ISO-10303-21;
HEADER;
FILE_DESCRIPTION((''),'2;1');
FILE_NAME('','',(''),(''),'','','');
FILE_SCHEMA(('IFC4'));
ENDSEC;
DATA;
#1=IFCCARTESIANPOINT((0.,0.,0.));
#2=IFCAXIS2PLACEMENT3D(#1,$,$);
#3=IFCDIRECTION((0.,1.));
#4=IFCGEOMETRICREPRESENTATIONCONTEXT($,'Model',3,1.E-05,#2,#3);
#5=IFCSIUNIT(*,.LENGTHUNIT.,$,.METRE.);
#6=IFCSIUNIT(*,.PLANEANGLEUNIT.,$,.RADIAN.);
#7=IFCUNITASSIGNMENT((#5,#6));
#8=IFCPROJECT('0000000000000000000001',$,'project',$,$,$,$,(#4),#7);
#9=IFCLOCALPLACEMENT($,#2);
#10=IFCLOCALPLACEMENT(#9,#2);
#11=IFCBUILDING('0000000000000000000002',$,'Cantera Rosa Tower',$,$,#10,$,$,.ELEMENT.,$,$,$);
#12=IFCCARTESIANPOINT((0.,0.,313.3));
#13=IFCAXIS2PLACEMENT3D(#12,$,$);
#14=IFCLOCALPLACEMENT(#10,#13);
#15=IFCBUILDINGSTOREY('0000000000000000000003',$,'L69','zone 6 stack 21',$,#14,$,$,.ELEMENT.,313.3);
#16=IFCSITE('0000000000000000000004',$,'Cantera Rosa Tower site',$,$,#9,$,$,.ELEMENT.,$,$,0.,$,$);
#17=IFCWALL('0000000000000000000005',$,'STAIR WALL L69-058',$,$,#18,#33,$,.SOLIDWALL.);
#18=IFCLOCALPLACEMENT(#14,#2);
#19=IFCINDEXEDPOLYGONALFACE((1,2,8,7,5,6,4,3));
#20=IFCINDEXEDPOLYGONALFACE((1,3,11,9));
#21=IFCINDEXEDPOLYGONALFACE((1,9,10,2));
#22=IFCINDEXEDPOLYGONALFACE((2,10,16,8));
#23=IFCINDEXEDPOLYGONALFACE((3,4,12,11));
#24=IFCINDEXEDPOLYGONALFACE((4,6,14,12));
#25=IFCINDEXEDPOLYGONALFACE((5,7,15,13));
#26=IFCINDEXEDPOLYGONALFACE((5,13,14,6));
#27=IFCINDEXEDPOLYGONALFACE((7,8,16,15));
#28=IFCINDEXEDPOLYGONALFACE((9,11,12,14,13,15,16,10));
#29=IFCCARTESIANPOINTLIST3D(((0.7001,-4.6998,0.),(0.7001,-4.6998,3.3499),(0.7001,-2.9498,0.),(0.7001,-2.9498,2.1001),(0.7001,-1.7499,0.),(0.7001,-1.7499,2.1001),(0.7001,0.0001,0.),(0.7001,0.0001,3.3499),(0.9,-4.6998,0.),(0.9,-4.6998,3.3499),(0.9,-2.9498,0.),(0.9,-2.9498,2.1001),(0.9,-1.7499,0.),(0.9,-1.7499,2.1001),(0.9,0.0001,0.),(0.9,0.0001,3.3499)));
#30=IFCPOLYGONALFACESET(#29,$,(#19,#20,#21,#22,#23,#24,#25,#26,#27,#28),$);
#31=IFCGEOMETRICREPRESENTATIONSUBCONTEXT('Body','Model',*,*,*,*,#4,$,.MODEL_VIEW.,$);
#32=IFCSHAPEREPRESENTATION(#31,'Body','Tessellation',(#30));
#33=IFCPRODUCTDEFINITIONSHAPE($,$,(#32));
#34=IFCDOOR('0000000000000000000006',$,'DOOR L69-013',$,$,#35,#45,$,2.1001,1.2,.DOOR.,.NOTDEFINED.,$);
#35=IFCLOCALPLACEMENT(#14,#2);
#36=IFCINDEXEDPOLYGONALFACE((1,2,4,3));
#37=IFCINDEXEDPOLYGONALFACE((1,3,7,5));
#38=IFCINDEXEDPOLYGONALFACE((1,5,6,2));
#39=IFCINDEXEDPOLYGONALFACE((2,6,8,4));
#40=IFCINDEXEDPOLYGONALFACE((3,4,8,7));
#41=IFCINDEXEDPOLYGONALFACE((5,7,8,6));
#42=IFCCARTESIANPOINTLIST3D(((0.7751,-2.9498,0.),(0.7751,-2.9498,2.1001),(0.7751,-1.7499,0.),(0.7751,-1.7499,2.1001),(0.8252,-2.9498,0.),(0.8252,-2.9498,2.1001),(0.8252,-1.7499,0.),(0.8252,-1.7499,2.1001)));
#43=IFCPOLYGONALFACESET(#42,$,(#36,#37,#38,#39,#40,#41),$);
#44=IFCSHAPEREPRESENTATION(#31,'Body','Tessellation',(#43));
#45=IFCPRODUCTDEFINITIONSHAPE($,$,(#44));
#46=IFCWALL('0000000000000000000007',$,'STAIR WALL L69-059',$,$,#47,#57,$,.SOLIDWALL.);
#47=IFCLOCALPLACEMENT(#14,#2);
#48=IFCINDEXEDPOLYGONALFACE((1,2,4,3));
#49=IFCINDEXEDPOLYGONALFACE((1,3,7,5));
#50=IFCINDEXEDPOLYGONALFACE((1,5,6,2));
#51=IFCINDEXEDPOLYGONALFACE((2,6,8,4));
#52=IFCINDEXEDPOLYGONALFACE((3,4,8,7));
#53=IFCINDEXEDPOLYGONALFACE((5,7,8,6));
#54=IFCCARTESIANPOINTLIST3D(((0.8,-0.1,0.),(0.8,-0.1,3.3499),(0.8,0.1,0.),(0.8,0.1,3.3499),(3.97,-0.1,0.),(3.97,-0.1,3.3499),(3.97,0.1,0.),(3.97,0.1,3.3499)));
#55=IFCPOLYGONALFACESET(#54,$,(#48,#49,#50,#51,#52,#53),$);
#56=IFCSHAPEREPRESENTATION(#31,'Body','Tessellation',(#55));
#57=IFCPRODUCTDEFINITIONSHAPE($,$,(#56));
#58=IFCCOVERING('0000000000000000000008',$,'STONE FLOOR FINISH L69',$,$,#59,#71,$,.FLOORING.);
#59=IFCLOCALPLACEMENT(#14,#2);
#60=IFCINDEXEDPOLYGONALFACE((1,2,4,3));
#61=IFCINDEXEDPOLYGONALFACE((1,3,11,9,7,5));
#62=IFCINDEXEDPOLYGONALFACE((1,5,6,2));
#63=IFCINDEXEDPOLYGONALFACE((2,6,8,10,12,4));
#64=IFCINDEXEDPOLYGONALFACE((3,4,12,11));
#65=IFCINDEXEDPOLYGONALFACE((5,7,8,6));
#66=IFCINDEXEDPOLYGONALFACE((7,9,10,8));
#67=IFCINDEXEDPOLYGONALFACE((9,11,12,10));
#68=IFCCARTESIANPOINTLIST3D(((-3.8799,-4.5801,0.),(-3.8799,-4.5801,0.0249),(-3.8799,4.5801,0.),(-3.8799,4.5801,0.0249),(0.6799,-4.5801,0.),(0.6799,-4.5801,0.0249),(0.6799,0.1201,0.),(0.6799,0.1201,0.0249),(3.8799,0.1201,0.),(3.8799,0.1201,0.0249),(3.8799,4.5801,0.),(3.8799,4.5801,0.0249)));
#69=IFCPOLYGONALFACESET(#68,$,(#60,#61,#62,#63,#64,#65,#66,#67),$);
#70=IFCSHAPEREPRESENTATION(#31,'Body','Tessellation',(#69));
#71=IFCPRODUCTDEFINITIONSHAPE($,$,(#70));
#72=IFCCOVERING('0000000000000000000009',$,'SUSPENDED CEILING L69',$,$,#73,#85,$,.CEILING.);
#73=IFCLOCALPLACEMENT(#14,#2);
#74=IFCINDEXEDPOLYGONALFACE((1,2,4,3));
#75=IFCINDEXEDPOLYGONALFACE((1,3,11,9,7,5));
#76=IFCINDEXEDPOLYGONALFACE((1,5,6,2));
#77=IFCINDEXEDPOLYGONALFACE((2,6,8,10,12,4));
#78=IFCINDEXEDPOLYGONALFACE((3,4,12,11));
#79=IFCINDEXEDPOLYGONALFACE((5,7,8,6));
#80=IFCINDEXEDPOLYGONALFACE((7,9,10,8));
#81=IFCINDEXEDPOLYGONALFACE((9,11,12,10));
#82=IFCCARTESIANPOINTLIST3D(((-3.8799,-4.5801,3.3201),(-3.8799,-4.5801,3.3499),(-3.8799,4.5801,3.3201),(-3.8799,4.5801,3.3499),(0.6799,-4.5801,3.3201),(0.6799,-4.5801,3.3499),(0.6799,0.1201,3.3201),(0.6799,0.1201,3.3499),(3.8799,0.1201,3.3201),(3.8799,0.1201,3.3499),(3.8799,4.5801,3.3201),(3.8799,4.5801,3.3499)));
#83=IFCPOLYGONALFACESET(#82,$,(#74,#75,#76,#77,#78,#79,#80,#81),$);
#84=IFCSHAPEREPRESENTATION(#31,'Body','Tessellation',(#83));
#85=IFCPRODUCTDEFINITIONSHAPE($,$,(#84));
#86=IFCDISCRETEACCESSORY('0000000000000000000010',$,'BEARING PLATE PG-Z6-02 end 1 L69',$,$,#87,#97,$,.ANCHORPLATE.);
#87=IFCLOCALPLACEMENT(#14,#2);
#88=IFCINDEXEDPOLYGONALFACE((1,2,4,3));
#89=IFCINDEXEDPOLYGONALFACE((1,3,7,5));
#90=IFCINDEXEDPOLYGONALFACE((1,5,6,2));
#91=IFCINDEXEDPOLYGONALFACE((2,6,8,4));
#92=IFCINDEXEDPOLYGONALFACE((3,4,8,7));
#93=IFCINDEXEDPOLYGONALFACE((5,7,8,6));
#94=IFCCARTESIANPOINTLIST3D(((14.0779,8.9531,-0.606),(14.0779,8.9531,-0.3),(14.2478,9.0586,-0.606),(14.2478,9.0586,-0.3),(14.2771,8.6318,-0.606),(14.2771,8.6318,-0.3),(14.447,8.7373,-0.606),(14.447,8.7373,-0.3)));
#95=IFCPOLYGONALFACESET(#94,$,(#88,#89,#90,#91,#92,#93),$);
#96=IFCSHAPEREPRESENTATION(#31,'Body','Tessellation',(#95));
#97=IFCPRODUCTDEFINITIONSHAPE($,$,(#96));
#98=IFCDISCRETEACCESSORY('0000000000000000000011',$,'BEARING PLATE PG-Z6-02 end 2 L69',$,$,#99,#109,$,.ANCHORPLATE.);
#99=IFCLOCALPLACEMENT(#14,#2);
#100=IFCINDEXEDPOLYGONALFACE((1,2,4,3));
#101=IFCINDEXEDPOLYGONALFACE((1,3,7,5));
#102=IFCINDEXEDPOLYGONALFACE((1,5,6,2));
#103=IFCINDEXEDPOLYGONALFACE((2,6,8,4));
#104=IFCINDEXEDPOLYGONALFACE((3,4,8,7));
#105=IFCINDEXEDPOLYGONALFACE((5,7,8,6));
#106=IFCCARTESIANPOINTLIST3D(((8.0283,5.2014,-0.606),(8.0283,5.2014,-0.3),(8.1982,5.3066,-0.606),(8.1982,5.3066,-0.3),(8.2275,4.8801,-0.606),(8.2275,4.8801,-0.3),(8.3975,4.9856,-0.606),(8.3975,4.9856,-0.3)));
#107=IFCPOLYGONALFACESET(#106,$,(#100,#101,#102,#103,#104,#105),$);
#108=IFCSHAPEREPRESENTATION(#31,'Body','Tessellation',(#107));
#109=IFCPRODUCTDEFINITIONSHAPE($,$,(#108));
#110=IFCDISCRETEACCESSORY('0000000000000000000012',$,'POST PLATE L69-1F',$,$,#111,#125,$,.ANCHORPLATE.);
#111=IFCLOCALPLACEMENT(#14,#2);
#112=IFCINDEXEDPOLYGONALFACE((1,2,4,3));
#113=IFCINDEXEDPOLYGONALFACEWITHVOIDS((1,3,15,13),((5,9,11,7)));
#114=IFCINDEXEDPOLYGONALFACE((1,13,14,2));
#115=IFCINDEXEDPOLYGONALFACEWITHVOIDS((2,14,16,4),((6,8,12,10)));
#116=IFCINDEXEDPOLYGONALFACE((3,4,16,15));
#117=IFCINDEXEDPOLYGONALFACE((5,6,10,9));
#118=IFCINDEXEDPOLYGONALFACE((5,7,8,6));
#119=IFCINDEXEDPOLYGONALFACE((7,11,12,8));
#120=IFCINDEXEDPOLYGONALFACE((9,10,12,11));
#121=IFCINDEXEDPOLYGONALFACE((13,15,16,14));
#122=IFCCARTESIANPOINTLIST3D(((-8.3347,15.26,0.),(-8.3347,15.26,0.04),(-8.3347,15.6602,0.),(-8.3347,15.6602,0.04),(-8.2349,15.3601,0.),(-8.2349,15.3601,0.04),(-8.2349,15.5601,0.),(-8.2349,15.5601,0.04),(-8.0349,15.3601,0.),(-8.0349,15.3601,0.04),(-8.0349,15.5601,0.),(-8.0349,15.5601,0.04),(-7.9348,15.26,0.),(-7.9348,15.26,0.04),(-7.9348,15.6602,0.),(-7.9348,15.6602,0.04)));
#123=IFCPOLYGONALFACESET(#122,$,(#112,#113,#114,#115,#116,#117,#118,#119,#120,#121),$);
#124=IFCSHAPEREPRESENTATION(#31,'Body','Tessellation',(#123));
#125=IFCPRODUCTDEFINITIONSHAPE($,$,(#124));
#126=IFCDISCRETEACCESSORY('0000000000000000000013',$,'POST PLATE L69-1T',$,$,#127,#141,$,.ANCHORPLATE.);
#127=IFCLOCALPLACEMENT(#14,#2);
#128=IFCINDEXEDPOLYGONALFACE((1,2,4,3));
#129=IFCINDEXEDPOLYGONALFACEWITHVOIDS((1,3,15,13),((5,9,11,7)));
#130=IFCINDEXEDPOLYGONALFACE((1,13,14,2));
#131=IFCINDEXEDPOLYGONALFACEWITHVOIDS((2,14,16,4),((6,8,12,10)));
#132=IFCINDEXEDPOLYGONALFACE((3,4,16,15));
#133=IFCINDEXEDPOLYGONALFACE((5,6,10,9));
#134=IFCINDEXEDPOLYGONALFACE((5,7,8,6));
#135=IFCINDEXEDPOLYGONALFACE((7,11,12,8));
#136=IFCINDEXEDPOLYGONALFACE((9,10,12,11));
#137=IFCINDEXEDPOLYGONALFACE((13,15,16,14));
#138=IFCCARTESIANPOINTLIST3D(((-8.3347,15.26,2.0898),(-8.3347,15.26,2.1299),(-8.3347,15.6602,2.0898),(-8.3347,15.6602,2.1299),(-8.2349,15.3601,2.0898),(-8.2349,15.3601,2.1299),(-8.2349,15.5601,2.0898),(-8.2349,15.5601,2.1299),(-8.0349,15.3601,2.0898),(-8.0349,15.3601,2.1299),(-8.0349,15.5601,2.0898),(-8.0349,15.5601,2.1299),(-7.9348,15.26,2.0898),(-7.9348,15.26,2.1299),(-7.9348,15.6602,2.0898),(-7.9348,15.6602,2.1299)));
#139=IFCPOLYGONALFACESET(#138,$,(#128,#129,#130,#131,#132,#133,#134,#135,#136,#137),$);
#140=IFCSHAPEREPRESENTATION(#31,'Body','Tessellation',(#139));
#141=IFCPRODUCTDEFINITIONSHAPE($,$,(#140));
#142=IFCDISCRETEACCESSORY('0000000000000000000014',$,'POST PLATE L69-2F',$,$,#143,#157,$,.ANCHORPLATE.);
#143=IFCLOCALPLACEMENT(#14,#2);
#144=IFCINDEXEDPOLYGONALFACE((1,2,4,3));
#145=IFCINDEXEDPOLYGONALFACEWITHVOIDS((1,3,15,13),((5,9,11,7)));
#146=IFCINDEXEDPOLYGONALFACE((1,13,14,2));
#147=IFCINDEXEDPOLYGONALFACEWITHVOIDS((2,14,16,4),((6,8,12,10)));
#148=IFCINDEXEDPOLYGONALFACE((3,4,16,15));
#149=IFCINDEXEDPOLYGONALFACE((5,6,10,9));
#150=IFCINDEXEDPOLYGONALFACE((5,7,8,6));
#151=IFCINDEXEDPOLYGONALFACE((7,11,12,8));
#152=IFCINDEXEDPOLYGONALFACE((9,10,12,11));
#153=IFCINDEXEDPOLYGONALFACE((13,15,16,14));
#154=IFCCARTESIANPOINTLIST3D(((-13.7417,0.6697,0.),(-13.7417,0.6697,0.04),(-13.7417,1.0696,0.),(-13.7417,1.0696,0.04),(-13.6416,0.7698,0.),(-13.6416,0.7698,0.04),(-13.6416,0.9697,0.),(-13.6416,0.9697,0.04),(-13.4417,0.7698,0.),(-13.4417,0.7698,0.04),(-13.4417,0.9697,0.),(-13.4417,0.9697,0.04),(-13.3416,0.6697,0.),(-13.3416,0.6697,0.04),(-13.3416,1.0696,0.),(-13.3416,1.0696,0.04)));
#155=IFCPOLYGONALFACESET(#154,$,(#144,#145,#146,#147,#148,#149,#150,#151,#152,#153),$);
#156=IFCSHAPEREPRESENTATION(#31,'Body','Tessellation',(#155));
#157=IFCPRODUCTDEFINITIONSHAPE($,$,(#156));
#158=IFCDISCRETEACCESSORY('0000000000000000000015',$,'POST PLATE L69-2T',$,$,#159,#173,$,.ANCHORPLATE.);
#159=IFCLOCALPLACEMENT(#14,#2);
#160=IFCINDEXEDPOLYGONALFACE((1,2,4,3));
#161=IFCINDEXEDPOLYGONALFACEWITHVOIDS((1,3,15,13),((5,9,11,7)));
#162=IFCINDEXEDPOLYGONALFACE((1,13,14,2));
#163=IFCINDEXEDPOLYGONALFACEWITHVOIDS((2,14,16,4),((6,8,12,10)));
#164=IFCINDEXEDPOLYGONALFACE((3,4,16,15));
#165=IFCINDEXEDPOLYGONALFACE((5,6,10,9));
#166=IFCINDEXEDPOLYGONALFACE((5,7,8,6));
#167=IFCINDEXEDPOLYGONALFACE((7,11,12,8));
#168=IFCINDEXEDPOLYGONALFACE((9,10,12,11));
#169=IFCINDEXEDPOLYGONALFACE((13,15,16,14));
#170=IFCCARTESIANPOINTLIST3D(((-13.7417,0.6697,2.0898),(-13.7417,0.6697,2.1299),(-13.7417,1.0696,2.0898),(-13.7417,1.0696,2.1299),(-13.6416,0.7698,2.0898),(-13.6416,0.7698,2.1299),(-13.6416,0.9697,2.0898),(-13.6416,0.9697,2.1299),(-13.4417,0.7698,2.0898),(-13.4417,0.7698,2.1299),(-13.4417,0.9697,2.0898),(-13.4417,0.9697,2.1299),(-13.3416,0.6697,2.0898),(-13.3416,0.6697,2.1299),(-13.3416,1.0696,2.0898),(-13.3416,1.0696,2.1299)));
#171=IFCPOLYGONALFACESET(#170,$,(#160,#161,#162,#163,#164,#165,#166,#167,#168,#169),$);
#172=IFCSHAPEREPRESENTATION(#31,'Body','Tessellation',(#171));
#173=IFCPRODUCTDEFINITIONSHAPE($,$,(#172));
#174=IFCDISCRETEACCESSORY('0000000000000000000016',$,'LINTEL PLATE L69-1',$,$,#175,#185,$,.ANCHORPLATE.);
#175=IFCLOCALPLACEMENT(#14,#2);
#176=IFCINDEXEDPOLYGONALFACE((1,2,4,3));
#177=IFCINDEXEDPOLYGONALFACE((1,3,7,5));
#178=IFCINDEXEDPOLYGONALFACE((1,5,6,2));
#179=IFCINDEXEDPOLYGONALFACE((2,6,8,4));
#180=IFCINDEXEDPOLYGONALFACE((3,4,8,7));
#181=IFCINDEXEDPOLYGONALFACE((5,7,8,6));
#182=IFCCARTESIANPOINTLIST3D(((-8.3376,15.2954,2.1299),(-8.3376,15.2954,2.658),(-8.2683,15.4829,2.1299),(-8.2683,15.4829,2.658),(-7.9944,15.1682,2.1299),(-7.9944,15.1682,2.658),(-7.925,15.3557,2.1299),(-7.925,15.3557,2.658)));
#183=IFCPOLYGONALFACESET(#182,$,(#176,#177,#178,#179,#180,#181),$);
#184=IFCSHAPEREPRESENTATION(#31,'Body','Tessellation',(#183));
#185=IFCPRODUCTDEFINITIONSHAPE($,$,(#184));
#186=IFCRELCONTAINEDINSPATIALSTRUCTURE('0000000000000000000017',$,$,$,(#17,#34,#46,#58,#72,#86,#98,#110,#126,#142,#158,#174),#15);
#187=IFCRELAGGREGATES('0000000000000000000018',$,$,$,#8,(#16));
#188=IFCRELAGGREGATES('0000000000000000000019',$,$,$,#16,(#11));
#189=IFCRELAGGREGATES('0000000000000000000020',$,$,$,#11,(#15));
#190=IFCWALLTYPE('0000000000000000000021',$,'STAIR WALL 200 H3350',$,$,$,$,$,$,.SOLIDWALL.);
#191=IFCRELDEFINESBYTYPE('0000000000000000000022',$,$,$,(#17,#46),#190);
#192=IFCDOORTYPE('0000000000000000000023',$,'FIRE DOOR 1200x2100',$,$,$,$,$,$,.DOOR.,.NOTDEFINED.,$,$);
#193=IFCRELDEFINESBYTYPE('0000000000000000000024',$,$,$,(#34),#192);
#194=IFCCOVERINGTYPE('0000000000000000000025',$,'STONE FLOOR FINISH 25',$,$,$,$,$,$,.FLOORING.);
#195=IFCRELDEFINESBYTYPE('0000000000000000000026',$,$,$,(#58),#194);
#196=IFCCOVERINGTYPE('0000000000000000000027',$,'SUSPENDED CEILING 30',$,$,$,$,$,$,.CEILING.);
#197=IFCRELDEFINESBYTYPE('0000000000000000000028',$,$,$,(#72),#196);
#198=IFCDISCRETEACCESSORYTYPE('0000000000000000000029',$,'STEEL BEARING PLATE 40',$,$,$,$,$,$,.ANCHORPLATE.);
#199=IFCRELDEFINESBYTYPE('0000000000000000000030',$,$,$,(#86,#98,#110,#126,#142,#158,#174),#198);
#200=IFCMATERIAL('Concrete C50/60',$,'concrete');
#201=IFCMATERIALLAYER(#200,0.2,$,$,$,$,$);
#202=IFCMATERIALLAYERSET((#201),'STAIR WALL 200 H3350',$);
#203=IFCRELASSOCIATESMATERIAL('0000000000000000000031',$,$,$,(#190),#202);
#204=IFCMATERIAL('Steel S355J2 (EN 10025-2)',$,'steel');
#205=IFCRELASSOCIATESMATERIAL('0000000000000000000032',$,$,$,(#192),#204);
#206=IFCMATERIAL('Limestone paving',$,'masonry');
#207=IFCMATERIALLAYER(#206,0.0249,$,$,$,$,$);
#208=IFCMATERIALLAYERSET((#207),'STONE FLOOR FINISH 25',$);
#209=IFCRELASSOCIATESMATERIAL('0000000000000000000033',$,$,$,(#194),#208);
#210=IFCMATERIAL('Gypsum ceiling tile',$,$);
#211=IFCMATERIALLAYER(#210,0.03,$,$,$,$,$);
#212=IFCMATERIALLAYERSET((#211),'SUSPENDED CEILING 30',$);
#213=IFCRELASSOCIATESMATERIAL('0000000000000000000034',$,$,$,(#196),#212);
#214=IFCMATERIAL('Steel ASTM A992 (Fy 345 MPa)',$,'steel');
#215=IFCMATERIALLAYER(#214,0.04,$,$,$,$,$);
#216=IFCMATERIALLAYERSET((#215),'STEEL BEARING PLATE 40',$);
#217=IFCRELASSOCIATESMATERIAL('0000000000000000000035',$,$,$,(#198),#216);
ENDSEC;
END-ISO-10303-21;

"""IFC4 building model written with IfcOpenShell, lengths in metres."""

from ifc_helpers import new_model, si_unit, direction, frame, frame_2d, origin, place, context, subcontext, project, spatial, polyline, rectangle, outline, extrude, material, layer, layer_set, type_object, element, fill, save


model = new_model("IFC4")

# Units and contexts
model_context = context("Model", 3, precision=1e-05, world=origin(), true_north=direction((0.0, 1.0)))
body_context = subcontext(model_context, "Body", "Model", "MODEL_VIEW")
ifc_project = project(units=[si_unit("LENGTHUNIT", "METRE"), si_unit("PLANEANGLEUNIT", "RADIAN")], contexts=[model_context])

# Site, building, storey
site_placement = place(None, origin())
site = spatial("IfcSite", under=ifc_project, at=site_placement, Name="Cantera Rosa Tower site", CompositionType="ELEMENT", RefElevation=0.0)
building_placement = place(site_placement, origin())
building = spatial("IfcBuilding", under=site, at=building_placement, Name="Cantera Rosa Tower", CompositionType="ELEMENT")
storey_placement = place(building_placement, frame((0.0, 0.0, 313.3)))
storey = spatial("IfcBuildingStorey", under=building, at=storey_placement, Name="L69", Description="zone 6 stack 21", CompositionType="ELEMENT", Elevation=313.3)

# Wall, opening, door
ifc_material_1 = material(Name="Concrete C50/60", Category="concrete")
ifc_layer_1 = layer(ifc_material_1, 0.2)
ifc_layer_set_1 = layer_set([ifc_layer_1], Name="STAIR WALL 200 H3350")
wall_type_1 = type_object("IfcWallType", Name="STAIR WALL 200 H3350", PredefinedType="SOLIDWALL", material=ifc_layer_set_1)
wall_1_placement = place(storey_placement, frame((0.8, -4.7, 0.0), z_axis=(0.0, 0.0, 1.0), x_axis=(0.0, 1.0, 0.0)))
wall_1 = element("IfcWall", 1, at=wall_1_placement, inside=storey, type_object=wall_type_1, Name="STAIR WALL L69-058", PredefinedType="SOLIDWALL", context=body_context, shape_type="SweptSolid", body=[
    extrude(rectangle(XDim=4.7, YDim=0.2, at=frame_2d((2.3501, 0.0))), origin(), (0.0, 0.0, 1.0), 3.3499),
])
opening_1_placement = place(wall_1_placement, frame((1.75, 0.0, 0.0)))
opening_1 = element("IfcOpeningElement", 2, at=opening_1_placement, cuts=wall_1, PredefinedType="OPENING", context=body_context, shape_type="SweptSolid", body=[
    extrude(rectangle(XDim=1.2, YDim=2.1001, at=frame_2d((0.6001, 1.05))), frame((0.0, 0.1099, 0.0), z_axis=(0.0, -1.0, 0.0), x_axis=(1.0, 0.0, 0.0)), (0.0, 0.0, 1.0), 0.22),
])
ifc_material_2 = material(Name="Steel S355J2 (EN 10025-2)", Category="steel")
door_type_1 = type_object("IfcDoorType", Name="FIRE DOOR 1200x2100", OperationType="NOTDEFINED", PredefinedType="DOOR", material=ifc_material_2)
door_1_placement = place(opening_1_placement, origin())
door_1 = element("IfcDoor", 3, at=door_1_placement, inside=storey, type_object=door_type_1, Name="DOOR L69-013", OperationType="NOTDEFINED", OverallHeight=2.1001, OverallWidth=1.2, PredefinedType="DOOR", context=body_context, shape_type="SweptSolid", body=[
    extrude(rectangle(XDim=1.2, YDim=2.1001, at=frame_2d((0.6001, 1.05))), frame((0.0, 0.0249, 0.0), z_axis=(0.0, -1.0, 0.0), x_axis=(1.0, 0.0, 0.0)), (0.0, 0.0, 1.0), 0.05),
])
fill(opening_1, door_1)

# Wall
wall_2_placement = place(storey_placement, frame((0.8, 0.0, 0.0), z_axis=(0.0, 0.0, 1.0), x_axis=(1.0, 0.0, 0.0)))
element("IfcWall", 4, at=wall_2_placement, inside=storey, type_object=wall_type_1, Name="STAIR WALL L69-059", PredefinedType="SOLIDWALL", context=body_context, shape_type="SweptSolid", body=[
    extrude(rectangle(XDim=3.1699, YDim=0.2, at=frame_2d((1.585, 0.0))), origin(), (0.0, 0.0, 1.0), 3.3499),
])

# Coverings
ifc_material_3 = material(Name="Limestone paving", Category="masonry")
ifc_layer_2 = layer(ifc_material_3, 0.0249)
ifc_layer_set_2 = layer_set([ifc_layer_2], Name="STONE FLOOR FINISH 25")
covering_type_1 = type_object("IfcCoveringType", Name="STONE FLOOR FINISH 25", PredefinedType="FLOORING", material=ifc_layer_set_2)
covering_1_placement = place(storey_placement, origin())
element("IfcCovering", 5, at=covering_1_placement, inside=storey, type_object=covering_type_1, Name="STONE FLOOR FINISH L69", PredefinedType="FLOORING", context=body_context, shape_type="SweptSolid", body=[
    extrude(outline(polyline([(3.8799, 4.5801), (3.8799, 0.1201), (0.6799, 0.1201), (0.6799, -4.5801), (-3.8799, -4.5801), (-3.8799, 4.5801), (3.8799, 4.5801)])), origin(), (0.0, 0.0, 1.0), 0.0249),
])
ifc_material_4 = material(Name="Gypsum ceiling tile")
ifc_layer_3 = layer(ifc_material_4, 0.03)
ifc_layer_set_3 = layer_set([ifc_layer_3], Name="SUSPENDED CEILING 30")
covering_type_2 = type_object("IfcCoveringType", Name="SUSPENDED CEILING 30", PredefinedType="CEILING", material=ifc_layer_set_3)
covering_2_placement = place(storey_placement, frame((0.0, 0.0, 3.3201)))
element("IfcCovering", 6, at=covering_2_placement, inside=storey, type_object=covering_type_2, Name="SUSPENDED CEILING L69", PredefinedType="CEILING", context=body_context, shape_type="SweptSolid", body=[
    extrude(outline(polyline([(3.8799, 4.5801), (3.8799, 0.1201), (0.6799, 0.1201), (0.6799, -4.5801), (-3.8799, -4.5801), (-3.8799, 4.5801), (3.8799, 4.5801)])), origin(), (0.0, 0.0, 1.0), 0.0298),
])

# Discrete accessories
ifc_material_5 = material(Name="Steel ASTM A992 (Fy 345 MPa)", Category="steel")
ifc_layer_4 = layer(ifc_material_5, 0.04)
ifc_layer_set_4 = layer_set([ifc_layer_4], Name="STEEL BEARING PLATE 40")
discrete_accessory_type = type_object("IfcDiscreteAccessoryType", Name="STEEL BEARING PLATE 40", PredefinedType="ANCHORPLATE", material=ifc_layer_set_4)
discrete_accessory_1_placement = place(storey_placement, frame((0.0, 0.0, -0.606)))
element("IfcDiscreteAccessory", 7, at=discrete_accessory_1_placement, inside=storey, type_object=discrete_accessory_type, Name="BEARING PLATE PG-Z6-02 end 1 L69", PredefinedType="ANCHORPLATE", context=body_context, shape_type="SweptSolid", body=[
    extrude(outline(polyline([(14.2771, 8.6318), (14.447, 8.7373), (14.2478, 9.0586), (14.0779, 8.9531), (14.2771, 8.6318)])), origin(), (0.0, 0.0, 1.0), 0.3059),
])
discrete_accessory_2_placement = place(storey_placement, frame((0.0, 0.0, -0.606)))
element("IfcDiscreteAccessory", 8, at=discrete_accessory_2_placement, inside=storey, type_object=discrete_accessory_type, Name="BEARING PLATE PG-Z6-02 end 2 L69", PredefinedType="ANCHORPLATE", context=body_context, shape_type="SweptSolid", body=[
    extrude(outline(polyline([(8.1982, 5.3066), (8.0283, 5.2014), (8.2275, 4.8801), (8.3975, 4.9856), (8.1982, 5.3066)])), origin(), (0.0, 0.0, 1.0), 0.3059),
])
for number, where, name in (
    (9, (0.0, 0.0, 0.0), "POST PLATE L69-1F"),
    (10, (0.0, 0.0, 2.0898), "POST PLATE L69-1T"),
):
    element("IfcDiscreteAccessory", number, at=place(storey_placement, frame(where)), inside=storey, type_object=discrete_accessory_type, Name=name, PredefinedType="ANCHORPLATE", context=body_context, shape_type="SweptSolid", body=[
        extrude(outline(polyline([(-8.3347, 15.26), (-7.9348, 15.26), (-7.9348, 15.6602), (-8.3347, 15.6602), (-8.3347, 15.26)]), holes=[polyline([(-8.2349, 15.3601), (-8.0349, 15.3601), (-8.0349, 15.5601), (-8.2349, 15.5601), (-8.2349, 15.3601)])]), origin(), (0.0, 0.0, 1.0), 0.04),
    ])
for number, where, name in (
    (11, (0.0, 0.0, 0.0), "POST PLATE L69-2F"),
    (12, (0.0, 0.0, 2.0898), "POST PLATE L69-2T"),
):
    element("IfcDiscreteAccessory", number, at=place(storey_placement, frame(where)), inside=storey, type_object=discrete_accessory_type, Name=name, PredefinedType="ANCHORPLATE", context=body_context, shape_type="SweptSolid", body=[
        extrude(outline(polyline([(-13.7417, 0.6697), (-13.3416, 0.6697), (-13.3416, 1.0696), (-13.7417, 1.0696), (-13.7417, 0.6697)]), holes=[polyline([(-13.6416, 0.7698), (-13.4417, 0.7698), (-13.4417, 0.9697), (-13.6416, 0.9697), (-13.6416, 0.7698)])]), origin(), (0.0, 0.0, 1.0), 0.04),
    ])
discrete_accessory_3_placement = place(storey_placement, frame((0.0, 0.0, 2.1299)))
element("IfcDiscreteAccessory", 13, at=discrete_accessory_3_placement, inside=storey, type_object=discrete_accessory_type, Name="LINTEL PLATE L69-1", PredefinedType="ANCHORPLATE", context=body_context, shape_type="SweptSolid", body=[
    extrude(outline(polyline([(-7.9944, 15.1682), (-7.925, 15.3557), (-8.2683, 15.4829), (-8.3376, 15.2954), (-7.9944, 15.1682)])), origin(), (0.0, 0.0, 1.0), 0.5281),
])

save(model, "model.ifc")
